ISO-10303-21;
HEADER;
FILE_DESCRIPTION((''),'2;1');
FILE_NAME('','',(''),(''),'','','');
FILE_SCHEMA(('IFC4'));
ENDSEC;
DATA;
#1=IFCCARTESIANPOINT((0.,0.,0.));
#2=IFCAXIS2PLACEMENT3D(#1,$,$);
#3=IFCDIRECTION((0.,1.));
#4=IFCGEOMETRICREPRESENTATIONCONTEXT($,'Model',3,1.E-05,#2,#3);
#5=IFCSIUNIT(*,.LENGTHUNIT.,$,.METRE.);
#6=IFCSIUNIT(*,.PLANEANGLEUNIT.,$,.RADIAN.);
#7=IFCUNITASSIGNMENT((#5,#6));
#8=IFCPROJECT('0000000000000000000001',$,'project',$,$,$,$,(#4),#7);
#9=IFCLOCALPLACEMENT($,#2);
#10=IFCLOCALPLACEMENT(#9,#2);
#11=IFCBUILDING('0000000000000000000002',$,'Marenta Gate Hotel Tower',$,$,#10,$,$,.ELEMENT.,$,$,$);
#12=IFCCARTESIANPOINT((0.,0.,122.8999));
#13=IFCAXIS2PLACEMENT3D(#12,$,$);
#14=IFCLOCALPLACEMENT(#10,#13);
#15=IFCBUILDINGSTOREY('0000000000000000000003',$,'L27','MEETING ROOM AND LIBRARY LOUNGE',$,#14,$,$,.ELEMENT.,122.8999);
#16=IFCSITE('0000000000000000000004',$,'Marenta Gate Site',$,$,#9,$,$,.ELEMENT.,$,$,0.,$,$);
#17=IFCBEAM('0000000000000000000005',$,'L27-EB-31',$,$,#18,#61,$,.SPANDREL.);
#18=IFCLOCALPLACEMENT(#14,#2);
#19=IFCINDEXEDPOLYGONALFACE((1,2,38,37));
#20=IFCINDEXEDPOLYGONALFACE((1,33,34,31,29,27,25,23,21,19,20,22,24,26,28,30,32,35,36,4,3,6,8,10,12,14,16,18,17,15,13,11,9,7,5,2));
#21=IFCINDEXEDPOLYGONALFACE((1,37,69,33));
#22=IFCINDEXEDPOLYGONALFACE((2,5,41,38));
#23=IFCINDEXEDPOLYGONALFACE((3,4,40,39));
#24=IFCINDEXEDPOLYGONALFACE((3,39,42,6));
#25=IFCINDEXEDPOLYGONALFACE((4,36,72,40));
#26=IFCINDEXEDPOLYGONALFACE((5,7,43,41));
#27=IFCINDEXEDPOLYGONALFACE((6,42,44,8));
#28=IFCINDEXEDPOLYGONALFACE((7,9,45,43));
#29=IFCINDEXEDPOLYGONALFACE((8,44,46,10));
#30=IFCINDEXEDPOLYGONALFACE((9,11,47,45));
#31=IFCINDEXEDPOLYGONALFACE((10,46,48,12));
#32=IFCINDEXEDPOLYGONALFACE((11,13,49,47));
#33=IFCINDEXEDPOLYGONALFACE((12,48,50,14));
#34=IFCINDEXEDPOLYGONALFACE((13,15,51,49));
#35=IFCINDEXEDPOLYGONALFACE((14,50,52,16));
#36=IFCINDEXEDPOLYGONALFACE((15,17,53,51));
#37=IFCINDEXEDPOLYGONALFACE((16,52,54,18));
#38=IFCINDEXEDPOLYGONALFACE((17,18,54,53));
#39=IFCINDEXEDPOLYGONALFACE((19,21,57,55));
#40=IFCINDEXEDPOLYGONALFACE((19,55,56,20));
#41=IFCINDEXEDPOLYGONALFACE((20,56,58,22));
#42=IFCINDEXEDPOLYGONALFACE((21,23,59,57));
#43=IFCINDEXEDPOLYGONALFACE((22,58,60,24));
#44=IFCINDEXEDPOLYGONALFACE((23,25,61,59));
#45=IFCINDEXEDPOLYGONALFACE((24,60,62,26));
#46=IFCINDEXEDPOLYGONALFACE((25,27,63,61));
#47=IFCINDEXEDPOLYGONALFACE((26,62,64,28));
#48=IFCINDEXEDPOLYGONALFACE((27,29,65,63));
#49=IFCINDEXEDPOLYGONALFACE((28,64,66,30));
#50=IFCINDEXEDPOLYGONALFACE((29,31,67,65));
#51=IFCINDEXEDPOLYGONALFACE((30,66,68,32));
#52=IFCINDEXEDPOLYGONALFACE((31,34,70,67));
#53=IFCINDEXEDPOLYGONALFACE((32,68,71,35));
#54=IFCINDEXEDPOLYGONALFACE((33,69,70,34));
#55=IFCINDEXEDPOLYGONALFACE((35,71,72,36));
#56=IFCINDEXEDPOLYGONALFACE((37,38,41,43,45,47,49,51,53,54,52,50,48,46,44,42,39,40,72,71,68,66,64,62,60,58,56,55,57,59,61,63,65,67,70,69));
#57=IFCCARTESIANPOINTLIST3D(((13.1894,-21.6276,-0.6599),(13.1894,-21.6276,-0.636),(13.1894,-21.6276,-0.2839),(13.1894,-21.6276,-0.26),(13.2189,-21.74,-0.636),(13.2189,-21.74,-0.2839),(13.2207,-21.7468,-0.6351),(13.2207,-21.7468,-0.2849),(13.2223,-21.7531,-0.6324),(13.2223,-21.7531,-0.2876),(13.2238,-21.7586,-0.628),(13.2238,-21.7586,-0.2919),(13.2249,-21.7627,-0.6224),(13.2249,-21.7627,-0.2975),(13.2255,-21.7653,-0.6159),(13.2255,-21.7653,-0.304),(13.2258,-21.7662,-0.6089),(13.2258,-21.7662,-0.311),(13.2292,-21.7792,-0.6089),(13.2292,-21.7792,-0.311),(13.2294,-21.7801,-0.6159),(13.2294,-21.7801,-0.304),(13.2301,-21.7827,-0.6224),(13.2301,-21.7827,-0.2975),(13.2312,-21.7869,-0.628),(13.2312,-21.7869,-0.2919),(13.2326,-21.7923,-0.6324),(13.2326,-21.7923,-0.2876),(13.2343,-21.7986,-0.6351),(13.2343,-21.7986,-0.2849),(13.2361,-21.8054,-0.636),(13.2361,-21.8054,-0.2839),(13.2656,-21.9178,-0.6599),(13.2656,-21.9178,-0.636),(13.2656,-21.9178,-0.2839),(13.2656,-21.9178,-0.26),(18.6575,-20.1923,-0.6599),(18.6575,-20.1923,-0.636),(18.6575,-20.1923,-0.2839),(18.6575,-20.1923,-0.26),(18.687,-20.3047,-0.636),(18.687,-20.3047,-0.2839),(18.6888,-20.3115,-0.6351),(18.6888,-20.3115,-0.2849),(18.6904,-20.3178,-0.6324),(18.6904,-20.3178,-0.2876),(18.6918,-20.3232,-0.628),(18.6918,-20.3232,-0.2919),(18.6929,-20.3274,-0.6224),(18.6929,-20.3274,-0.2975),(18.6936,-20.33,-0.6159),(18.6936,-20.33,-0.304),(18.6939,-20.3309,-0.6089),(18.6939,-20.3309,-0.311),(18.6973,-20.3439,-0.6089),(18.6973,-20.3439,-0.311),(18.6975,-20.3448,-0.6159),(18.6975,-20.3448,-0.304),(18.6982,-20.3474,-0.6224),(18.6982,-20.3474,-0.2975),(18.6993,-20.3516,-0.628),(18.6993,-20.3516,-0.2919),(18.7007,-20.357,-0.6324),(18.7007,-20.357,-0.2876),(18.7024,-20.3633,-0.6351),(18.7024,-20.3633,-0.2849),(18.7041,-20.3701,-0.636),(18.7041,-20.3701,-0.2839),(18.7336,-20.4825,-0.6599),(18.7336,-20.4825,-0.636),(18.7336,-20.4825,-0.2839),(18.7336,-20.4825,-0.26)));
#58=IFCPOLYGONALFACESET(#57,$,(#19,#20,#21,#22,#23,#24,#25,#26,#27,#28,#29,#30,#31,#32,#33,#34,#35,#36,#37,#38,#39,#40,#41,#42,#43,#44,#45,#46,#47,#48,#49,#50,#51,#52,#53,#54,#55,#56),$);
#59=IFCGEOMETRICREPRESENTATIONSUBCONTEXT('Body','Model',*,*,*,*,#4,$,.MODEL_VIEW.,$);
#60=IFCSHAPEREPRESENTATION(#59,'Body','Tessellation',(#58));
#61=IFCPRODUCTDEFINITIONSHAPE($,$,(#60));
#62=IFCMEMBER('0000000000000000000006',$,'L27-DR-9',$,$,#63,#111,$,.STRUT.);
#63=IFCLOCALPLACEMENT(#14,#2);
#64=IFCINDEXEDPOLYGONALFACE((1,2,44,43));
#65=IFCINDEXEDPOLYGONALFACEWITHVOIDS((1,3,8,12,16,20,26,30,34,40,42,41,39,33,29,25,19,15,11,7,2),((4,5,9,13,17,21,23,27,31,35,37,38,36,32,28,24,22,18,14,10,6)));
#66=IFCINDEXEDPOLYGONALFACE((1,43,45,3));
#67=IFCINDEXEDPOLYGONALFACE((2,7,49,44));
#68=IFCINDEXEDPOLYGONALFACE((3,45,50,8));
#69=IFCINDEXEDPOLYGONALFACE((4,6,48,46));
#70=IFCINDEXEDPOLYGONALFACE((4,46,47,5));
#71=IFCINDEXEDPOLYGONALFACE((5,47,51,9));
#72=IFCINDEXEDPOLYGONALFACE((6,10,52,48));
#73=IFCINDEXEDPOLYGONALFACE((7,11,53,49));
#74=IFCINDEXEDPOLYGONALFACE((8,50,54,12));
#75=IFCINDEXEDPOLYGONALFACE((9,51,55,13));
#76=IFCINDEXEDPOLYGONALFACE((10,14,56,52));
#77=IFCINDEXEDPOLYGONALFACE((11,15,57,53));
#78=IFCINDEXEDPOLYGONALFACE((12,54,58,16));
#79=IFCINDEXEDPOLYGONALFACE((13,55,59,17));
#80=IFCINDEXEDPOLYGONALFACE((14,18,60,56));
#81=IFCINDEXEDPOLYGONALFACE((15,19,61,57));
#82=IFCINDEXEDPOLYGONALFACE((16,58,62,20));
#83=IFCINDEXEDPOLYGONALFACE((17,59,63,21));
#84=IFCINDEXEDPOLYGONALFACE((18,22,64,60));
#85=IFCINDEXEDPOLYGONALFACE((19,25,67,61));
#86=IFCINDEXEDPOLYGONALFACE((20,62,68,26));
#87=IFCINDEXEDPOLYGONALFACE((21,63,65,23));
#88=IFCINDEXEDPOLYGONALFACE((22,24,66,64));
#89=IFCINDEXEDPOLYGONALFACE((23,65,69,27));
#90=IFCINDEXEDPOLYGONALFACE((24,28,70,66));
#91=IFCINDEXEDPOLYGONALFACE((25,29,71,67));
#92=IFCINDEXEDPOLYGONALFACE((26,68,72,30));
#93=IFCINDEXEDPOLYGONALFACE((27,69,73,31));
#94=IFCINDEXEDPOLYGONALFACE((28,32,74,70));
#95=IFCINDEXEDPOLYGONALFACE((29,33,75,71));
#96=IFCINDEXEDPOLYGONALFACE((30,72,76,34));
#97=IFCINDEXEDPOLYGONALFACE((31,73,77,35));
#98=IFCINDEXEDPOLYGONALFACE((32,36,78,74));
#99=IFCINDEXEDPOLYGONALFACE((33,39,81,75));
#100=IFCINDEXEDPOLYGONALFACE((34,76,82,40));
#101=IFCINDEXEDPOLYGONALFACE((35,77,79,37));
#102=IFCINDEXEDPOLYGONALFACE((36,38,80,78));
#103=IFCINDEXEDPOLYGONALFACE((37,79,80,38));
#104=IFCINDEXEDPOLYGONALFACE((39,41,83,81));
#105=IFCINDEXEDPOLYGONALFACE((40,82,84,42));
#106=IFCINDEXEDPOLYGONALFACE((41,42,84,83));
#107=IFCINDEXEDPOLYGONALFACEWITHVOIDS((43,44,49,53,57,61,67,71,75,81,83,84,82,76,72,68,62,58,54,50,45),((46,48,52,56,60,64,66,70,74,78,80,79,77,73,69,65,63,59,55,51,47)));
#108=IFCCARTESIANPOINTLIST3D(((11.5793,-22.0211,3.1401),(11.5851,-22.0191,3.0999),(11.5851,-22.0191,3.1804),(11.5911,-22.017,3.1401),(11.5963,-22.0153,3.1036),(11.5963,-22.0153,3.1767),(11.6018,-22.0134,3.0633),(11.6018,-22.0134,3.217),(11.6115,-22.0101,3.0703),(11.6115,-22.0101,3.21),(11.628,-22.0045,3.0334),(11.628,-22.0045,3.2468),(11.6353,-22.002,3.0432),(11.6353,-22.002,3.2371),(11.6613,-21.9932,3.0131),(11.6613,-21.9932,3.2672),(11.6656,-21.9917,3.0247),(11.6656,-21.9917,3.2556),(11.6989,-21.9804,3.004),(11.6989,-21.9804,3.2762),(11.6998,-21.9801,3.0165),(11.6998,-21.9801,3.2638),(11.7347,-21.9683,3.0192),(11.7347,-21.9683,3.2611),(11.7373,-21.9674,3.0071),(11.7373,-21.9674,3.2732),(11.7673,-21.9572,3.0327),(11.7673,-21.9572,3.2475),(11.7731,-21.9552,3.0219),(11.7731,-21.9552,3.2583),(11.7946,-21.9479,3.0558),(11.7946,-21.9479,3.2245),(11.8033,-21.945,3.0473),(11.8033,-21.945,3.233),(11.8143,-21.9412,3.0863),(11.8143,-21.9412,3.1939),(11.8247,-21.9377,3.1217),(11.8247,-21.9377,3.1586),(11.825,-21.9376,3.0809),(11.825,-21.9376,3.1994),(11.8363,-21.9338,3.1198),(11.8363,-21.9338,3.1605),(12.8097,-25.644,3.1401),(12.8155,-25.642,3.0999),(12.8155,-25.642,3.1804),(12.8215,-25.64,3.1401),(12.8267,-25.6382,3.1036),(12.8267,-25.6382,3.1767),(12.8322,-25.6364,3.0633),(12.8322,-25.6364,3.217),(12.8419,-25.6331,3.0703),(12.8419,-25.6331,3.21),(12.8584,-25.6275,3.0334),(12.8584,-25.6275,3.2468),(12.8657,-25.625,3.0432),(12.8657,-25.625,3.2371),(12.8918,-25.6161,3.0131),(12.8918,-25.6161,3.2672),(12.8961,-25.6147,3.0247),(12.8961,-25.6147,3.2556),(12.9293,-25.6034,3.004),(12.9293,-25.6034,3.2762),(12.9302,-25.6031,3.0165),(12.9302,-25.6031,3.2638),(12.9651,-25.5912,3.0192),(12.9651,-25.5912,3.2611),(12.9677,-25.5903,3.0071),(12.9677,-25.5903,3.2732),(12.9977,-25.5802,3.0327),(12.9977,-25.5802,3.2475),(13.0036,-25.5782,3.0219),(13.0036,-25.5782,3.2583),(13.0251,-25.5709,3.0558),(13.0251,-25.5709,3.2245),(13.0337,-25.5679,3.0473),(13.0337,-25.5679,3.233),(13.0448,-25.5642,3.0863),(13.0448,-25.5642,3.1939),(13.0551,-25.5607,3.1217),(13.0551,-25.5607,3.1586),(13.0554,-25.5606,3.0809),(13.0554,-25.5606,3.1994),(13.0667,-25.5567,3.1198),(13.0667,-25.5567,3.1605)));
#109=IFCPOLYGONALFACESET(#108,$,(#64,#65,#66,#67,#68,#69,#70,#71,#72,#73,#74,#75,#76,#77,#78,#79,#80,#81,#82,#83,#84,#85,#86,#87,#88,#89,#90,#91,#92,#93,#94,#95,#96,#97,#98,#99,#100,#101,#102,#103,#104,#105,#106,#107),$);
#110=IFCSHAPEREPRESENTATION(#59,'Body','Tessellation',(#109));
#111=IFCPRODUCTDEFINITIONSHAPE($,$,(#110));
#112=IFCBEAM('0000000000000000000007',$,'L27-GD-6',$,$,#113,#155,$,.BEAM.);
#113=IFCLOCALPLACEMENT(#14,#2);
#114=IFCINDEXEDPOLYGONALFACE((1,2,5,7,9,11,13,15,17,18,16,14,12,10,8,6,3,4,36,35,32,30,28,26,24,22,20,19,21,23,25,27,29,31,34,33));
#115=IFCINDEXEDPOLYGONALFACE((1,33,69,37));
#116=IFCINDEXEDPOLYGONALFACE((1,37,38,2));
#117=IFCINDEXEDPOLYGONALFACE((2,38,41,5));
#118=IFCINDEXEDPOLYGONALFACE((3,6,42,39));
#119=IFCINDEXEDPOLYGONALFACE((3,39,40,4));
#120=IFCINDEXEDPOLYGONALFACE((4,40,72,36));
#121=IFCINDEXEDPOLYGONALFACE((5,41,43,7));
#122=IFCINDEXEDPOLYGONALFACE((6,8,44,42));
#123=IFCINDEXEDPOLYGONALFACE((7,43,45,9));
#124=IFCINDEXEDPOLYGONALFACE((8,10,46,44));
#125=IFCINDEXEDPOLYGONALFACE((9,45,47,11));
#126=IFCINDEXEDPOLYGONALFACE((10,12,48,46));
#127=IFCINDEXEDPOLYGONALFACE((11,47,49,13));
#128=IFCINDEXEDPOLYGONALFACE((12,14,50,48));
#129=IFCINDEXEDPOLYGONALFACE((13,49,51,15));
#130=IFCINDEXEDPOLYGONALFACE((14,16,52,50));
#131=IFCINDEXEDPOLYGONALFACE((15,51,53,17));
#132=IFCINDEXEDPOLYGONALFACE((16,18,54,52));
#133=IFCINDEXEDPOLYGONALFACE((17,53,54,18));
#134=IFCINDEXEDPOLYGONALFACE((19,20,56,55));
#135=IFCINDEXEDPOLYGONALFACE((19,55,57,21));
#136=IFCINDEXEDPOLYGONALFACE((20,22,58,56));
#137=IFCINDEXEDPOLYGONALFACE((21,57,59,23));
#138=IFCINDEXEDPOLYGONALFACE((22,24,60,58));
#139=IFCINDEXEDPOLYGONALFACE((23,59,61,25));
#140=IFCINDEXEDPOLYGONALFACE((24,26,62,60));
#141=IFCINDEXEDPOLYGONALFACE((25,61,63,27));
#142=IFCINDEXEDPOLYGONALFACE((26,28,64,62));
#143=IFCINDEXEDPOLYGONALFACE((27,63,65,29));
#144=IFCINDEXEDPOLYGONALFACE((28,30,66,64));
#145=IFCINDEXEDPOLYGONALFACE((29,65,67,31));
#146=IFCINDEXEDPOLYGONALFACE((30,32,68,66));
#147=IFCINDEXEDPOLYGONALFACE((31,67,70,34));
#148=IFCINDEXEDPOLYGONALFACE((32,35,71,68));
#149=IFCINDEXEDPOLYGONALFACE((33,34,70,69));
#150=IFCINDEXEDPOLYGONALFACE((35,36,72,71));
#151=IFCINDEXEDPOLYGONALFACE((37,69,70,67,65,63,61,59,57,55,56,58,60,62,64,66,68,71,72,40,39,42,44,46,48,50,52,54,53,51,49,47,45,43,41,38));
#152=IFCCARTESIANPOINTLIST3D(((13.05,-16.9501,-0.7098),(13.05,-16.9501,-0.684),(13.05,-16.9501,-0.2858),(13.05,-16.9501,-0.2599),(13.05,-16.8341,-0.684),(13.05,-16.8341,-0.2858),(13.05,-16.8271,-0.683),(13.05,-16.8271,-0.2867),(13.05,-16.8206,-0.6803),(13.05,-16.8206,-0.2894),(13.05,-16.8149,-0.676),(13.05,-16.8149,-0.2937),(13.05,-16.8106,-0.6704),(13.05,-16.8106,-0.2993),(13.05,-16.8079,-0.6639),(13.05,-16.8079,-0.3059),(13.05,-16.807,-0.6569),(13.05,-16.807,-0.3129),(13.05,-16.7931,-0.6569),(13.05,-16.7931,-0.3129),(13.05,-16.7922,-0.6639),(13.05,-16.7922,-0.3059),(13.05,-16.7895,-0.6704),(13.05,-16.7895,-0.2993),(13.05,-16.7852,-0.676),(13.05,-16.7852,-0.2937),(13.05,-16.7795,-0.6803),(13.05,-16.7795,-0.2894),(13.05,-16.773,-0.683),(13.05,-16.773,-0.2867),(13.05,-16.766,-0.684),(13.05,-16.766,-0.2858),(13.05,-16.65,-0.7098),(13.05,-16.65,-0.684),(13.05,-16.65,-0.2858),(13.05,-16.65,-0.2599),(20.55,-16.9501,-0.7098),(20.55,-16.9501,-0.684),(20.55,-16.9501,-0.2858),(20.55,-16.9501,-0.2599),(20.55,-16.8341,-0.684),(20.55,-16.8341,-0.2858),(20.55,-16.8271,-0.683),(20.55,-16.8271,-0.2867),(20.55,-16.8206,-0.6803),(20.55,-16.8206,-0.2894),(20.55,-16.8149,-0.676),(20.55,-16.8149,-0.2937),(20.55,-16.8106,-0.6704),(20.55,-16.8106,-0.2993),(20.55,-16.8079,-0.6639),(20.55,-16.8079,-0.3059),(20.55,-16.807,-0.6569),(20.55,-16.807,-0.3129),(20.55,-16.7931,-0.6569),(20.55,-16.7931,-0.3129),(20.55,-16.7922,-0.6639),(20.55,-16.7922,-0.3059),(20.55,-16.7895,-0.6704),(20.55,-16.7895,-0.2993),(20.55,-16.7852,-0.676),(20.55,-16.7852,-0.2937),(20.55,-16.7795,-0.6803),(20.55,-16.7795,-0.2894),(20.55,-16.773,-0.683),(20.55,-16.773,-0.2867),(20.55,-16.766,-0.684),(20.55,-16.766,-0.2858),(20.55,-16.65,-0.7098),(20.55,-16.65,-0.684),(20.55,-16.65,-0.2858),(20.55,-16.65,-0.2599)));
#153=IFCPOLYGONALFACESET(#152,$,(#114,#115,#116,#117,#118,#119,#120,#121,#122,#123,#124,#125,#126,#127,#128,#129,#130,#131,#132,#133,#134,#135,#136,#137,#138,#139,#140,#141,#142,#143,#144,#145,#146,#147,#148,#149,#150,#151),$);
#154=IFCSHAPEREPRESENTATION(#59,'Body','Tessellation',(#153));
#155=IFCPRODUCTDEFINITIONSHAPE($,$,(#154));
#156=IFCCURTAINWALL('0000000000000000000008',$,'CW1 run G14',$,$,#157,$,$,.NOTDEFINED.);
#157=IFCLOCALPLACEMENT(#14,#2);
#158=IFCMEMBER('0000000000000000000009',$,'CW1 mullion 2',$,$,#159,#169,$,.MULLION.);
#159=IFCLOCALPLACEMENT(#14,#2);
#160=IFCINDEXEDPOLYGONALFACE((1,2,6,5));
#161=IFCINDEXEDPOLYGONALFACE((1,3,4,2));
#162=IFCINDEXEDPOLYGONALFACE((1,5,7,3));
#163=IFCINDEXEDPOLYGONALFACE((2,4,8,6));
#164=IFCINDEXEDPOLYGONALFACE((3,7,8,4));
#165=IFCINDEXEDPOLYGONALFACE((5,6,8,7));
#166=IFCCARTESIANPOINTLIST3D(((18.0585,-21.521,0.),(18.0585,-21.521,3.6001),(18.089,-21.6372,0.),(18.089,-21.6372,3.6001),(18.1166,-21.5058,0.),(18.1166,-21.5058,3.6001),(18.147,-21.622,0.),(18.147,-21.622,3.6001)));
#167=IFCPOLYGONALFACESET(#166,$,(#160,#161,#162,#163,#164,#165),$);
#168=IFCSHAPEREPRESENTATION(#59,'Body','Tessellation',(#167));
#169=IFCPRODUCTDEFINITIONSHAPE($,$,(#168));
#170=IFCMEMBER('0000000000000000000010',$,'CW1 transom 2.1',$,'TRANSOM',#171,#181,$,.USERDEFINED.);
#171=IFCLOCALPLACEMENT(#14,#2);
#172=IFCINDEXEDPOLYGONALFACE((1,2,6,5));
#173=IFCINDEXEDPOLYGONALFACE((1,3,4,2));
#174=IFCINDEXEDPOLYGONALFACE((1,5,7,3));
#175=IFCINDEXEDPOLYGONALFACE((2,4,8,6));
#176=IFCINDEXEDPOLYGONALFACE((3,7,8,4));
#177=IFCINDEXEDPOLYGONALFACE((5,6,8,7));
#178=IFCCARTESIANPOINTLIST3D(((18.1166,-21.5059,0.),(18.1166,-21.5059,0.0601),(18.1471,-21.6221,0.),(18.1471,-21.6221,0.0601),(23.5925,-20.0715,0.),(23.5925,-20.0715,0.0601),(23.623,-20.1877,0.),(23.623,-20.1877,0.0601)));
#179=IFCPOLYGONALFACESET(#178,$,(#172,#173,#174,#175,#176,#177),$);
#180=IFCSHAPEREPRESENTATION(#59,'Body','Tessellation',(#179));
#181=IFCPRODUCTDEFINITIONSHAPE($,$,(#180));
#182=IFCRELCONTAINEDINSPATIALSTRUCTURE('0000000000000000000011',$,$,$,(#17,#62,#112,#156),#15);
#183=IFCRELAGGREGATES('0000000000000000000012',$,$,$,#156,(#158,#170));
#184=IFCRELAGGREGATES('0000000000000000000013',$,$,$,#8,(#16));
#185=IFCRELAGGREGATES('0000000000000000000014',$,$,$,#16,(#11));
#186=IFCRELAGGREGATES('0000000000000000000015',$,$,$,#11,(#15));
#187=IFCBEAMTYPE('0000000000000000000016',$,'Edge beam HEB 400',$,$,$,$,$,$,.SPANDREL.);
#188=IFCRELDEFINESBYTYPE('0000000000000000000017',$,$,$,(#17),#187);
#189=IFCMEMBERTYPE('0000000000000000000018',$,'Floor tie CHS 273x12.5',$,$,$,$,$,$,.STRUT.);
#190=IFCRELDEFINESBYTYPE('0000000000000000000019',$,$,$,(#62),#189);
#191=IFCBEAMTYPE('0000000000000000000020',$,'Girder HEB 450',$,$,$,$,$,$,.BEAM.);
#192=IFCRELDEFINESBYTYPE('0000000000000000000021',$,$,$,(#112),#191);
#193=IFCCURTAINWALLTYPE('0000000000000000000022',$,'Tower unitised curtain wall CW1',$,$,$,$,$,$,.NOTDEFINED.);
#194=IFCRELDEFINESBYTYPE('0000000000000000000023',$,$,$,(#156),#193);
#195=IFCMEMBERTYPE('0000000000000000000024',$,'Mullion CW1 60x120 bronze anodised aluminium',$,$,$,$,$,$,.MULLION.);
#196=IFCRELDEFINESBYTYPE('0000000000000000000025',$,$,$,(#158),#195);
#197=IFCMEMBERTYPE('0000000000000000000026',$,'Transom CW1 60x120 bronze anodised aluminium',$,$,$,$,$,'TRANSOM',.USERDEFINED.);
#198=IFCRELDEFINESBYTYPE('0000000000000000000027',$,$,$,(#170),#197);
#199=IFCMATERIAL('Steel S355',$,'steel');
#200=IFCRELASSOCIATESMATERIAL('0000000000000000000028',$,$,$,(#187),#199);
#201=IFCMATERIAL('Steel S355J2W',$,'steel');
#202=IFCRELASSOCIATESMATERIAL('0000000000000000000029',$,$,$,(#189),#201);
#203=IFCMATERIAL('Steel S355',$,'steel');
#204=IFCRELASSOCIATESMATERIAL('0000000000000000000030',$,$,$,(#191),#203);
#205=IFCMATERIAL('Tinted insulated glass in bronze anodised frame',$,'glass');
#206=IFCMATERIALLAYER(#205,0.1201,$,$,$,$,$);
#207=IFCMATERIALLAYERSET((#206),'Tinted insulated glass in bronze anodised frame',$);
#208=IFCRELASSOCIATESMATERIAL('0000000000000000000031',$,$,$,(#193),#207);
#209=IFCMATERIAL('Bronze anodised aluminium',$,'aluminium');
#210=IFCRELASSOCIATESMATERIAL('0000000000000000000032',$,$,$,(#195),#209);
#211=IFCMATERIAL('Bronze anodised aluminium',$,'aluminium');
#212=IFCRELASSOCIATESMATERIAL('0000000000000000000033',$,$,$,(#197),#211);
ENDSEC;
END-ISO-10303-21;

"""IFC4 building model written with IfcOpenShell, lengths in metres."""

from ifc_helpers import new_model, si_unit, direction, frame, origin, origin_2d, place, context, subcontext, project, spatial, rectangle, hollow_circle, i_section, extrude, material, layer, layer_set, material_profile, profile_set, type_object, element, aggregate, save


model = new_model("IFC4")

# Units and contexts
model_context = context("Model", 3, precision=1e-05, world=origin(), true_north=direction((0.0, 1.0)))
body_context = subcontext(model_context, "Body", "Model", "MODEL_VIEW")
ifc_project = project(units=[si_unit("LENGTHUNIT", "METRE"), si_unit("PLANEANGLEUNIT", "RADIAN")], contexts=[model_context])

# Site, building, storey
site_placement = place(None, origin())
site = spatial("IfcSite", under=ifc_project, at=site_placement, Name="Marenta Gate Site", CompositionType="ELEMENT", RefElevation=0.0)
building_placement = place(site_placement, origin())
building = spatial("IfcBuilding", under=site, at=building_placement, Name="Marenta Gate Hotel Tower", CompositionType="ELEMENT")
storey_placement = place(building_placement, frame((0.0, 0.0, 122.8999)))
storey = spatial("IfcBuildingStorey", under=building, at=storey_placement, Name="L27", Description="MEETING ROOM AND LIBRARY LOUNGE", CompositionType="ELEMENT", Elevation=122.8999)

# Beam
ifc_material_1 = material(Name="Steel S355", Category="steel")
ifc_material_profile_1 = material_profile(ifc_material_1, i_section(OverallWidth=0.3, OverallDepth=0.3999, WebThickness=0.0134, FlangeThickness=0.0239, FilletRadius=0.0271, at=origin_2d()), Name="HEB 400")
ifc_profile_set_1 = profile_set([ifc_material_profile_1], Name="Steel S355")
beam_type_1 = type_object("IfcBeamType", Name="Edge beam HEB 400", PredefinedType="SPANDREL", material=ifc_profile_set_1)
beam_1_placement = place(storey_placement, frame((18.6956, -20.3374, -0.46), z_axis=(-0.967233, -0.25389, 0.0), x_axis=(0.25389, -0.967233, 0.0)))
element("IfcBeam", 1, at=beam_1_placement, inside=storey, type_object=beam_type_1, Name="L27-EB-31", PredefinedType="SPANDREL", context=body_context, shape_type="SweptSolid", body=[
    extrude(i_section(OverallWidth=0.3, OverallDepth=0.3999, WebThickness=0.0134, FlangeThickness=0.0239, FilletRadius=0.0271, at=origin_2d()), origin(), (0.0, 0.0, 1.0), 5.6533),
])

# Member
ifc_material_2 = material(Name="Steel S355J2W", Category="steel")
ifc_material_profile_2 = material_profile(ifc_material_2, hollow_circle(Radius=0.1365, WallThickness=0.0125, at=origin_2d()), Name="CHS 273x12.5")
ifc_profile_set_2 = profile_set([ifc_material_profile_2], Name="Steel S355J2W")
member_type_1 = type_object("IfcMemberType", Name="Floor tie CHS 273x12.5", PredefinedType="STRUT", material=ifc_profile_set_2)
member_1_placement = place(storey_placement, frame((12.939, -25.6001, 3.1401), z_axis=(-0.321582, 0.946882, 0.0), x_axis=(-0.946882, -0.321582, 0.0)))
element("IfcMember", 2, at=member_1_placement, inside=storey, type_object=member_type_1, Name="L27-DR-9", PredefinedType="STRUT", context=body_context, shape_type="SweptSolid", body=[
    extrude(hollow_circle(Radius=0.1365, WallThickness=0.0125, at=origin_2d()), origin(), (0.0, 0.0, 1.0), 3.8262),
])

# Beam
ifc_material_3 = material(Name="Steel S355", Category="steel")
ifc_material_profile_3 = material_profile(ifc_material_3, i_section(OverallWidth=0.3, OverallDepth=0.45, WebThickness=0.0139, FlangeThickness=0.0259, FilletRadius=0.0271, at=origin_2d()), Name="HEB 450")
ifc_profile_set_3 = profile_set([ifc_material_profile_3], Name="Steel S355")
beam_type_2 = type_object("IfcBeamType", Name="Girder HEB 450", PredefinedType="BEAM", material=ifc_profile_set_3)
beam_2_placement = place(storey_placement, frame((13.05, -16.8, -0.4849), z_axis=(1.0, 0.0, 0.0), x_axis=(0.0, 1.0, 0.0)))
element("IfcBeam", 3, at=beam_2_placement, inside=storey, type_object=beam_type_2, Name="L27-GD-6", PredefinedType="BEAM", context=body_context, shape_type="SweptSolid", body=[
    extrude(i_section(OverallWidth=0.3, OverallDepth=0.45, WebThickness=0.0139, FlangeThickness=0.0259, FilletRadius=0.0271, at=origin_2d()), origin(), (0.0, 0.0, 1.0), 7.5),
])

# Curtain wall, members
ifc_material_4 = material(Name="Tinted insulated glass in bronze anodised frame", Category="glass")
ifc_layer_1 = layer(ifc_material_4, 0.1201)
ifc_layer_set_1 = layer_set([ifc_layer_1], Name="Tinted insulated glass in bronze anodised frame")
curtain_wall_type = type_object("IfcCurtainWallType", Name="Tower unitised curtain wall CW1", PredefinedType="NOTDEFINED", material=ifc_layer_set_1)
curtain_wall_placement = place(storey_placement, origin())
curtain_wall = element("IfcCurtainWall", 4, at=curtain_wall_placement, inside=storey, type_object=curtain_wall_type, Name="CW1 run G14", PredefinedType="NOTDEFINED")
ifc_material_5 = material(Name="Bronze anodised aluminium", Category="aluminium")
ifc_material_profile_4 = material_profile(ifc_material_5, rectangle(XDim=0.1201, YDim=0.0601, at=origin_2d()), Name="Mullion CW1 60x120 bronze anodised aluminium")
ifc_profile_set_4 = profile_set([ifc_material_profile_4], Name="Bronze anodised aluminium")
member_type_2 = type_object("IfcMemberType", Name="Mullion CW1 60x120 bronze anodised aluminium", PredefinedType="MULLION", material=ifc_profile_set_4)
member_2_placement = place(storey_placement, frame((18.1028, -21.5715, 0.0), z_axis=(0.0, 0.0, 1.0), x_axis=(-0.253374, 0.967368, 0.0)))
member_2 = element("IfcMember", 5, at=member_2_placement, type_object=member_type_2, Name="CW1 mullion 2", PredefinedType="MULLION", context=body_context, shape_type="SweptSolid", body=[
    extrude(rectangle(XDim=0.1201, YDim=0.0601, at=origin_2d()), origin(), (0.0, 0.0, 1.0), 3.6001),
])
ifc_material_6 = material(Name="Bronze anodised aluminium", Category="aluminium")
ifc_material_profile_5 = material_profile(ifc_material_6, rectangle(XDim=0.1201, YDim=0.0601, at=origin_2d()), Name="Transom CW1 60x120 bronze anodised aluminium")
ifc_profile_set_5 = profile_set([ifc_material_profile_5], Name="Bronze anodised aluminium")
member_type_3 = type_object("IfcMemberType", Name="Transom CW1 60x120 bronze anodised aluminium", ElementType="TRANSOM", PredefinedType="USERDEFINED", material=ifc_profile_set_5)
member_3_placement = place(storey_placement, frame((18.1318, -21.564, 0.03), z_axis=(0.967364, 0.253389, 0.0), x_axis=(-0.253389, 0.967364, 0.0)))
member_3 = element("IfcMember", 6, at=member_3_placement, type_object=member_type_3, Name="CW1 transom 2.1", ObjectType="TRANSOM", PredefinedType="USERDEFINED", context=body_context, shape_type="SweptSolid", body=[
    extrude(rectangle(XDim=0.1201, YDim=0.0601, at=origin_2d()), origin(), (0.0, 0.0, 1.0), 5.6606),
])
aggregate(curtain_wall, [member_2, member_3])

save(model, "model.ifc")
